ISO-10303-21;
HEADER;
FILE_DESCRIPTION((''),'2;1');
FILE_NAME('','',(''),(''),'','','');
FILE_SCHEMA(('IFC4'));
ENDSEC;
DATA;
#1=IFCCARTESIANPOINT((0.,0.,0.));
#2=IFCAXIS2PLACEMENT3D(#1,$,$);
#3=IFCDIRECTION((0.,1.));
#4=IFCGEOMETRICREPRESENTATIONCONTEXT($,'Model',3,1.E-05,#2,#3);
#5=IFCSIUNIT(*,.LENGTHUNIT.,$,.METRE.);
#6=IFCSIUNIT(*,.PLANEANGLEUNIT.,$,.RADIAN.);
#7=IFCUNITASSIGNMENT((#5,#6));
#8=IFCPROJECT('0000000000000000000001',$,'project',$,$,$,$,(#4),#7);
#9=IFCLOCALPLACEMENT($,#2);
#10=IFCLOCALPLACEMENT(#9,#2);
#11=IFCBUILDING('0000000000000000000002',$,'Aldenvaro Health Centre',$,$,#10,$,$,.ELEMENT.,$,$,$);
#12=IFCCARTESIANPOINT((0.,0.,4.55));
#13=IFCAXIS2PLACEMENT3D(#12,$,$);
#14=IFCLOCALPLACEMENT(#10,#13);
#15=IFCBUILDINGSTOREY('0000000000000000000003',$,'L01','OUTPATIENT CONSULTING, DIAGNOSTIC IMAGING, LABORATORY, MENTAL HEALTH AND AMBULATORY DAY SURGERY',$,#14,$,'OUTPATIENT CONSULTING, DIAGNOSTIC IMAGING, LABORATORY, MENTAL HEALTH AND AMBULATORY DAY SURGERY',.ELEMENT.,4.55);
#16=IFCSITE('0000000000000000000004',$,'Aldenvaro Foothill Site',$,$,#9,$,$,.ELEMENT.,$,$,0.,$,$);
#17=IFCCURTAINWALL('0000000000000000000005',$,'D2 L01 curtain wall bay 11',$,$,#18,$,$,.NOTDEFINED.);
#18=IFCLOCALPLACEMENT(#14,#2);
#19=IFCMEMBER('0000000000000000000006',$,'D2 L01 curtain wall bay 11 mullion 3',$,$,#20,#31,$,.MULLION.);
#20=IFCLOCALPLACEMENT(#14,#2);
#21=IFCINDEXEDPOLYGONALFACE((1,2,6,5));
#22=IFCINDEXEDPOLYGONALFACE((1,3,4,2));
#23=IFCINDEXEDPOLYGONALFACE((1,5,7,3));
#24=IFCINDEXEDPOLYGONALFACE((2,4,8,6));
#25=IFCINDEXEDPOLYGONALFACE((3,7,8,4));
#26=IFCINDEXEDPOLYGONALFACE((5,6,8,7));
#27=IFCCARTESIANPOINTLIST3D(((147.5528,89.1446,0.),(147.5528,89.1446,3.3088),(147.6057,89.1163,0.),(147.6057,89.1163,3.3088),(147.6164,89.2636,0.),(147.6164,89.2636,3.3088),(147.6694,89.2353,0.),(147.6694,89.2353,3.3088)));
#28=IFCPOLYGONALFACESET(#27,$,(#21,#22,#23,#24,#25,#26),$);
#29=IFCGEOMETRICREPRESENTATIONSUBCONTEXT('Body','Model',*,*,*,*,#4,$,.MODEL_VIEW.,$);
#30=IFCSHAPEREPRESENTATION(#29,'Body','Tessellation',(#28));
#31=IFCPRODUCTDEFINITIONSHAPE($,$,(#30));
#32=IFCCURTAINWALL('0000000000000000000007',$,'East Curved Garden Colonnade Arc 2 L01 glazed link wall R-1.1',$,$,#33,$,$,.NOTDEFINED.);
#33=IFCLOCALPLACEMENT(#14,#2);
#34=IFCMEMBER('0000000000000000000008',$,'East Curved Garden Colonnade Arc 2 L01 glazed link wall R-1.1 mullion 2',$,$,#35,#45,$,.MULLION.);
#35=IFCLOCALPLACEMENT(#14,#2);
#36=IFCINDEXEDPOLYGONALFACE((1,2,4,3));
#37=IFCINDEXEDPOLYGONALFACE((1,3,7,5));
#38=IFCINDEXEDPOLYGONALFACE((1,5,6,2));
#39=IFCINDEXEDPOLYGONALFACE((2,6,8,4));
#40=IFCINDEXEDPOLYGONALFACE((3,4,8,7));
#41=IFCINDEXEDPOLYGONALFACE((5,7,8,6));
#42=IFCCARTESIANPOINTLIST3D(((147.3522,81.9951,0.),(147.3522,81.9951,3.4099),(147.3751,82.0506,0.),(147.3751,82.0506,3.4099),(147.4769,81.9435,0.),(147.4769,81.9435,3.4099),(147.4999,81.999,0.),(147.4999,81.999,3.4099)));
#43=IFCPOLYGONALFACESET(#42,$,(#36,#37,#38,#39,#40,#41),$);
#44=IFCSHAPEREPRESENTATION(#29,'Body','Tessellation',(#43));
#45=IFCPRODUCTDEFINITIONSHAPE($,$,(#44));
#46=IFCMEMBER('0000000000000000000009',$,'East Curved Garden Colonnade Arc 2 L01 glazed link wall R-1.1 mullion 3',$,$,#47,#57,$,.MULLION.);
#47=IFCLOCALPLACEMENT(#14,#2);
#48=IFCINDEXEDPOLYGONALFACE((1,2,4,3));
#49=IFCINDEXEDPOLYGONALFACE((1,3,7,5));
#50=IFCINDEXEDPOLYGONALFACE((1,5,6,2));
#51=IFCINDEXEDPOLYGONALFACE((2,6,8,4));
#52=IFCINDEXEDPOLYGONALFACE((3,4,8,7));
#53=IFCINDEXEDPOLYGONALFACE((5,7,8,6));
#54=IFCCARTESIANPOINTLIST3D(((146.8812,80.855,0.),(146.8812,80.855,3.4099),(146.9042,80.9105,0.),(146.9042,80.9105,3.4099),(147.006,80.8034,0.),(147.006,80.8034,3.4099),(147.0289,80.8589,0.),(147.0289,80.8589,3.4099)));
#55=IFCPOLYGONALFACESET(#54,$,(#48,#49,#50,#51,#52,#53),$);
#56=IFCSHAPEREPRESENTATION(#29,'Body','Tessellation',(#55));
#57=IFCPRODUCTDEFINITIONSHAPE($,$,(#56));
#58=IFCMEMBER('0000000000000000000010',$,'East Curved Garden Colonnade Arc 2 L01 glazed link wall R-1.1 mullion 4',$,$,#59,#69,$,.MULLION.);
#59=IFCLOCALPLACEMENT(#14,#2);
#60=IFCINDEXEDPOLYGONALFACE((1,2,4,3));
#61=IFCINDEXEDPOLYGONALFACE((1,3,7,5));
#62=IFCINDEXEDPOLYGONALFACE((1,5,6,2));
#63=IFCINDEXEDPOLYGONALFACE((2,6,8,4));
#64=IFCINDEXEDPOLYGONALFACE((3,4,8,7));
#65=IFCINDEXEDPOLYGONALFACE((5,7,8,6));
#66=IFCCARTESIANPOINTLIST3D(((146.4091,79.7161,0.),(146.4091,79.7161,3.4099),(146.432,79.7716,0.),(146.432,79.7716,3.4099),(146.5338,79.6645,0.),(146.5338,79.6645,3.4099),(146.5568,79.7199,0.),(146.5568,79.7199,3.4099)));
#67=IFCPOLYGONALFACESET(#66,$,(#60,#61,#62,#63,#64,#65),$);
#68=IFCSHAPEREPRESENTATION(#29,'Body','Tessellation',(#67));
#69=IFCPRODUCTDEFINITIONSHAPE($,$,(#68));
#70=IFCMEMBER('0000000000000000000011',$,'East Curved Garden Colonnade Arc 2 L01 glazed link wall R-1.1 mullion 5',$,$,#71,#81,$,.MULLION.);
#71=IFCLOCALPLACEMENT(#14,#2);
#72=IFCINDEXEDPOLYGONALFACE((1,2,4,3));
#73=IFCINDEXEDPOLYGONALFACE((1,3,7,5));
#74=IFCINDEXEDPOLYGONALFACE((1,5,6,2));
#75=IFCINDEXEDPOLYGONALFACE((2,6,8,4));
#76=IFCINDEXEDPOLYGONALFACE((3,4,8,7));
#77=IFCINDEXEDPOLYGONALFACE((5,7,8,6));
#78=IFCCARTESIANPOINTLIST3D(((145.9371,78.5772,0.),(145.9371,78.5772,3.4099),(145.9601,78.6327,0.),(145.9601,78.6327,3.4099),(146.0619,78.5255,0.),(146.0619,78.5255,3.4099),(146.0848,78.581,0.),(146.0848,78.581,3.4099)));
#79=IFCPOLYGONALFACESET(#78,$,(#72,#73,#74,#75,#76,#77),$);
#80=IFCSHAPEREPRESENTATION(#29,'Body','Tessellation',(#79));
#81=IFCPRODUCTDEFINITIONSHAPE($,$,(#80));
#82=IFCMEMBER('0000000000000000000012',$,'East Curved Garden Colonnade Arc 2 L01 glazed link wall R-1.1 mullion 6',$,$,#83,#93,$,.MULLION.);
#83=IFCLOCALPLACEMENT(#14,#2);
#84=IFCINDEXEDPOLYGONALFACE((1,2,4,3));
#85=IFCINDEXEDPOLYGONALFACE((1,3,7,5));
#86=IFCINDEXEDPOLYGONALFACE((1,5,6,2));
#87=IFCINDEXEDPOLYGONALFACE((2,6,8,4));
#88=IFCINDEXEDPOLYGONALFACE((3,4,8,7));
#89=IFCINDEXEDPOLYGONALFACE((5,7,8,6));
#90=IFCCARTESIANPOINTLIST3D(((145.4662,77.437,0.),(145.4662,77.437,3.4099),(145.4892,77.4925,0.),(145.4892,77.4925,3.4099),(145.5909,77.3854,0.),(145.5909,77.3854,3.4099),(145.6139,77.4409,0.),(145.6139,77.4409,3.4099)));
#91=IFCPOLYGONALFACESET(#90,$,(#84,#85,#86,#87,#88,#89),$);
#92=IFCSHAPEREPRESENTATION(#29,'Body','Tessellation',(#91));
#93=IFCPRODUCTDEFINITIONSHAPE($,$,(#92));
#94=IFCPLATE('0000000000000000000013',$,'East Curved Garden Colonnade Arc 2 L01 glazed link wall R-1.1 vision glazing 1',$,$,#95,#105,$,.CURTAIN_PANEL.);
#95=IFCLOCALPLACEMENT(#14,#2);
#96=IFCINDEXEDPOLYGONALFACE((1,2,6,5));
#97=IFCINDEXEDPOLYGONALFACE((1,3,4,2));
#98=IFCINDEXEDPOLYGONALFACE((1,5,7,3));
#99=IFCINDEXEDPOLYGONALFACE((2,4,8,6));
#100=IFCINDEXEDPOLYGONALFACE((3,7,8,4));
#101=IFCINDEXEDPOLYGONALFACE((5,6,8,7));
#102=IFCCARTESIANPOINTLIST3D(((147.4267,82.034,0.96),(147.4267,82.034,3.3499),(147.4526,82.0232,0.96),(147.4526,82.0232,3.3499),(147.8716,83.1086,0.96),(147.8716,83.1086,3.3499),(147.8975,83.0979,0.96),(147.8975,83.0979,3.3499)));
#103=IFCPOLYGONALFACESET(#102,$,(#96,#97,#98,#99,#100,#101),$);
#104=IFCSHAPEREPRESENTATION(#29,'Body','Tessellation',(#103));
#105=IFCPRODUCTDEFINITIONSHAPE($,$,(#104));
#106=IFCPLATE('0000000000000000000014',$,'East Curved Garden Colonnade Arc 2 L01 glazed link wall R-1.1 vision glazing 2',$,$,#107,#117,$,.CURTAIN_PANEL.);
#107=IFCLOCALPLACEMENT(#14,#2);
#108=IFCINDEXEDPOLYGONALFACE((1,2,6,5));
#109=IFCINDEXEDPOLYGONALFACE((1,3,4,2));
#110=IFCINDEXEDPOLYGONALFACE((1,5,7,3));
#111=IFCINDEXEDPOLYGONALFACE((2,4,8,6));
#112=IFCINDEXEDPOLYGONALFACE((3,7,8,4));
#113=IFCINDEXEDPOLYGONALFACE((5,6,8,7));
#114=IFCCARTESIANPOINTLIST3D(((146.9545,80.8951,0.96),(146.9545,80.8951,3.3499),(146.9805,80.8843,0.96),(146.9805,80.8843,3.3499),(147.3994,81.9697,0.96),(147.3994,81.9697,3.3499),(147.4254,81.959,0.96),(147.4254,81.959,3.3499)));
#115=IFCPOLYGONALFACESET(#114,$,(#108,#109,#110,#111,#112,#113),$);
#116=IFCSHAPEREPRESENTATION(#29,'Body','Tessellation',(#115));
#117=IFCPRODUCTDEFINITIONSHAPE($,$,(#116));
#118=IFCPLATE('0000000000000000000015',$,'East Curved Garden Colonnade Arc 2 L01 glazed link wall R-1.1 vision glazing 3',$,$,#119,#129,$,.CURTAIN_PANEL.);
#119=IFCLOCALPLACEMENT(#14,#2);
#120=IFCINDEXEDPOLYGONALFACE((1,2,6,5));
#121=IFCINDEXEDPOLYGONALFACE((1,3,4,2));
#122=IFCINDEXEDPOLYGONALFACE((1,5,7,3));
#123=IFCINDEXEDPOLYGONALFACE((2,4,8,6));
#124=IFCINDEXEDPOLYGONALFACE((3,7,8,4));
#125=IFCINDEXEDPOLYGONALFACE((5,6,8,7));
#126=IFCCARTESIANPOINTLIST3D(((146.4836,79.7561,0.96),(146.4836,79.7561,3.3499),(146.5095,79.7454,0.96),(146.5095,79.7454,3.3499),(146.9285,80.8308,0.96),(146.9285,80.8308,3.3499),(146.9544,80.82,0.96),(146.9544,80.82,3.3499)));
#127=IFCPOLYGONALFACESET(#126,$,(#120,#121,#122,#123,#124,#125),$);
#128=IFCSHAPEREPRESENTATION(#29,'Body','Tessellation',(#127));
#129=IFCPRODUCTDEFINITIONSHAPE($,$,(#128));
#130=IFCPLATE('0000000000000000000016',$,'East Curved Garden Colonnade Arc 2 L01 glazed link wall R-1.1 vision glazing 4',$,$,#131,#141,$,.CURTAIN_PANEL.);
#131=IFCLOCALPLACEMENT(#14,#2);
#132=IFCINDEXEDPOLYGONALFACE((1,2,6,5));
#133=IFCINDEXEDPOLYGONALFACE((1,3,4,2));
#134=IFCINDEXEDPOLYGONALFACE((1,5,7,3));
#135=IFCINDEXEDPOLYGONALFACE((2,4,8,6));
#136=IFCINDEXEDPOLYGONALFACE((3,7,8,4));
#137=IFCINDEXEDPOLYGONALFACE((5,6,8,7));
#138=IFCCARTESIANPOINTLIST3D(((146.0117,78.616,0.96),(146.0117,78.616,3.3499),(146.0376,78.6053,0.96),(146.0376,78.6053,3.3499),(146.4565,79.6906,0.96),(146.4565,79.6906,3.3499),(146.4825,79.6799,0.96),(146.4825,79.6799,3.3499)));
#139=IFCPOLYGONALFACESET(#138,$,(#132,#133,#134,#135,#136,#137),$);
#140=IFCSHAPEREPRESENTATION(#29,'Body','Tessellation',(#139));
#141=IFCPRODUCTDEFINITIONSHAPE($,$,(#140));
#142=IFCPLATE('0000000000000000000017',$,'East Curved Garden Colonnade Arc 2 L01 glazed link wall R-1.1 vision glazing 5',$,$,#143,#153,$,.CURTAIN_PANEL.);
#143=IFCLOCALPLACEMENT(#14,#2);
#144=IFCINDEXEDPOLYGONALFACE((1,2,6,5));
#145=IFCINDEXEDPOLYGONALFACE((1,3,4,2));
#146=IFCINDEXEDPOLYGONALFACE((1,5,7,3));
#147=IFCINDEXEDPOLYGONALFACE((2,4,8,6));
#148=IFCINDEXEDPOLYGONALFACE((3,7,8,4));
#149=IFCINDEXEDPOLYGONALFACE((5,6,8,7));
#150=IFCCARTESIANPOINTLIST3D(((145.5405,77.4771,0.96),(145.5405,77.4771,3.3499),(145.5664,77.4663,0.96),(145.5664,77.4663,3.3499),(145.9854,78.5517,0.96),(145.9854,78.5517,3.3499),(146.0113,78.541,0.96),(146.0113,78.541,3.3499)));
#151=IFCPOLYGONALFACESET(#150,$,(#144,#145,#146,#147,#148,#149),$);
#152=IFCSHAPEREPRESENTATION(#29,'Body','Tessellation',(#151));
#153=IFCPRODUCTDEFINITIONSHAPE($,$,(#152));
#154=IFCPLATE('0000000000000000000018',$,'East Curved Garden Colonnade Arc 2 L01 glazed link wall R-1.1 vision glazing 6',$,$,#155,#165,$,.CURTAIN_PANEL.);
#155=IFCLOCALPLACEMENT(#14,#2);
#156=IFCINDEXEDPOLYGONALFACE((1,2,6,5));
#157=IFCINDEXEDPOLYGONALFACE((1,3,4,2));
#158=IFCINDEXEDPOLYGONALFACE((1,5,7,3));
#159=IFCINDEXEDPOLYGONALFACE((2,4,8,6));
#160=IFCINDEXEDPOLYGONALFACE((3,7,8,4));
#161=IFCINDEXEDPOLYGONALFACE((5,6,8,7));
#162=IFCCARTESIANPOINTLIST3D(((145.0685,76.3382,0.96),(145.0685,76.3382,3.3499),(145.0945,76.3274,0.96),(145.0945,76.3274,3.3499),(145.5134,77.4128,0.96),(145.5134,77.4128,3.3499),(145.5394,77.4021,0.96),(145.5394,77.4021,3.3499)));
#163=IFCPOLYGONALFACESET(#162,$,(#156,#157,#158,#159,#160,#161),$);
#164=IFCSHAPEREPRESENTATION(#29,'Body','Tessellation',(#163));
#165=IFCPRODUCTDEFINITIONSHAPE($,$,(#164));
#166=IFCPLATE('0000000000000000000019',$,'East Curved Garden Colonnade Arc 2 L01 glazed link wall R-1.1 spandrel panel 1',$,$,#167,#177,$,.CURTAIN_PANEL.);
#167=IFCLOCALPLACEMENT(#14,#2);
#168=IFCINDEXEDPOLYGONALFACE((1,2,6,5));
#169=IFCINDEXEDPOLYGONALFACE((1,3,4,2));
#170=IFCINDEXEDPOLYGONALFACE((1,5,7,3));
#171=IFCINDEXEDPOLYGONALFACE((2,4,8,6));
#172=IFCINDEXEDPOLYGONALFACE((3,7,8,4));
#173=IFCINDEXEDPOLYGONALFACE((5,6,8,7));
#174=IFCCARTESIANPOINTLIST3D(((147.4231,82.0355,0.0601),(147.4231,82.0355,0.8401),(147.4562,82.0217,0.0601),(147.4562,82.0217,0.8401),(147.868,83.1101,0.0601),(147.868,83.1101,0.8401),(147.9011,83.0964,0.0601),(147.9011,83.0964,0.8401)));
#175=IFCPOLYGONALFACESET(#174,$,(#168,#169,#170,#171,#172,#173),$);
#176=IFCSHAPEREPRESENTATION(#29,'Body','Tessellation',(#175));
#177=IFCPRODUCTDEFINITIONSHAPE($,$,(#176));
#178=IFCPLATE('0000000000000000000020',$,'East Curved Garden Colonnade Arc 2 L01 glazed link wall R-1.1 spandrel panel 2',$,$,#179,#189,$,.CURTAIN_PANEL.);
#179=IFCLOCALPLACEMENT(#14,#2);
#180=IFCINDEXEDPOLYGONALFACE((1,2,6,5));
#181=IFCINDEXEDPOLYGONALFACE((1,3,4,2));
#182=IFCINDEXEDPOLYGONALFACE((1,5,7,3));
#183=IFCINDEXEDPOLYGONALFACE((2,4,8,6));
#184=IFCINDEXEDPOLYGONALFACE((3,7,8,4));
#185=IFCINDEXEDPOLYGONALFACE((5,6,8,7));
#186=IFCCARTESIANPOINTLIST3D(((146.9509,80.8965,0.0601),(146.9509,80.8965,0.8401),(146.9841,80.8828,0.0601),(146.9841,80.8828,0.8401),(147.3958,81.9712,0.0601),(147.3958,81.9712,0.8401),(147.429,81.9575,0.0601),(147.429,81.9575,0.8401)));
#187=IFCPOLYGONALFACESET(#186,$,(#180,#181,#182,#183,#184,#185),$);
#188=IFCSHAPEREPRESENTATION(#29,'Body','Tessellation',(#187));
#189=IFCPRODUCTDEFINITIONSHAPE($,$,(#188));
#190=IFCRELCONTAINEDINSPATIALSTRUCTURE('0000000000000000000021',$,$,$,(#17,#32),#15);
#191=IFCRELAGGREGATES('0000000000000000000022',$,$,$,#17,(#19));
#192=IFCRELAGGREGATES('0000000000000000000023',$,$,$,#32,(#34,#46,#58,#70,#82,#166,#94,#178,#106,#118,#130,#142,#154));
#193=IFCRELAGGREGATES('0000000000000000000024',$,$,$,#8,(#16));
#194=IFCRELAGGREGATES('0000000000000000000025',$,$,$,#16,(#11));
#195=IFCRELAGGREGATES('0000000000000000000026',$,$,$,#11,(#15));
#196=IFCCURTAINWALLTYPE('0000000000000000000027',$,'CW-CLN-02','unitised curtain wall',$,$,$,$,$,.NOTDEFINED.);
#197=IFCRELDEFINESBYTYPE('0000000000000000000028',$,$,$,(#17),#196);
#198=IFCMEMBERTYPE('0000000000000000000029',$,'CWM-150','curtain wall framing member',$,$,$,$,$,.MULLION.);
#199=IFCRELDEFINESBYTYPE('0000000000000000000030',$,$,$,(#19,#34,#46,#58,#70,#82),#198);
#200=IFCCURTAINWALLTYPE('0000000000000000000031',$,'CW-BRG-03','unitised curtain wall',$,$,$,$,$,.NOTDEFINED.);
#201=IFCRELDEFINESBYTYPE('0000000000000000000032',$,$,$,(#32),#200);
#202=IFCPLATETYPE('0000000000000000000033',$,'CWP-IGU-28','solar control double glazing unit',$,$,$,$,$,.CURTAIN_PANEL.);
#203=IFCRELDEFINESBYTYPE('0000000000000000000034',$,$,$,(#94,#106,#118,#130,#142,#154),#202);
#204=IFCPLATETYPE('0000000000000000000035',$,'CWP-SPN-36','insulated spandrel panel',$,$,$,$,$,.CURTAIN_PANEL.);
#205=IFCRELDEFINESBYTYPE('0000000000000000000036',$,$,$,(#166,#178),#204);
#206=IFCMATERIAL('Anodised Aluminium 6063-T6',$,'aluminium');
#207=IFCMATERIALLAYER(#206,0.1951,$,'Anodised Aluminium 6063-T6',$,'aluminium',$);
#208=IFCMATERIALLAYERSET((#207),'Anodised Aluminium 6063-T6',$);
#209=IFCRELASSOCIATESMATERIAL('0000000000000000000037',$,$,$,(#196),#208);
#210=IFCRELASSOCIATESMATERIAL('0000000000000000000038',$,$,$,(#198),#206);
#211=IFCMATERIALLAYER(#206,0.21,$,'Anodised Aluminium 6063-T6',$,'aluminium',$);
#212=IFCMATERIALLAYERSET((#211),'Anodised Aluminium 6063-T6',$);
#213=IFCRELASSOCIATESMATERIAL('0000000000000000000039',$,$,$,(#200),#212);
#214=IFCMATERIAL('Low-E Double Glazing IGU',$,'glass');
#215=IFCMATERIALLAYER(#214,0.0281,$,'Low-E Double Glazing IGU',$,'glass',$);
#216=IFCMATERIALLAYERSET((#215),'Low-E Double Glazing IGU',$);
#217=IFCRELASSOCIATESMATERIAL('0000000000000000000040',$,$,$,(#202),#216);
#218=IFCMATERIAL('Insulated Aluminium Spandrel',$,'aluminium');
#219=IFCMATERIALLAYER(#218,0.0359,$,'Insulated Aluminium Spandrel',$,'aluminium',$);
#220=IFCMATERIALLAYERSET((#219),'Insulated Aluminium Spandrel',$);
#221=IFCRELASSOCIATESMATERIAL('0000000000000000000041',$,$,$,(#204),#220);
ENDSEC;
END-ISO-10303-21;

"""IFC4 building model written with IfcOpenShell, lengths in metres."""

from ifc_helpers import new_model, si_unit, direction, frame, origin, origin_2d, place, context, subcontext, project, spatial, rectangle, extrude, material, layer, layer_set, material_profile, profile_set, type_object, element, aggregate, save


model = new_model("IFC4")

# Units and contexts
model_context = context("Model", 3, precision=1e-05, world=origin(), true_north=direction((0.0, 1.0)))
body_context = subcontext(model_context, "Body", "Model", "MODEL_VIEW")
ifc_project = project(units=[si_unit("LENGTHUNIT", "METRE"), si_unit("PLANEANGLEUNIT", "RADIAN")], contexts=[model_context])

# Site, building, storey
site_placement = place(None, origin())
site = spatial("IfcSite", under=ifc_project, at=site_placement, Name="Aldenvaro Foothill Site", CompositionType="ELEMENT", RefElevation=0.0)
building_placement = place(site_placement, origin())
building = spatial("IfcBuilding", under=site, at=building_placement, Name="Aldenvaro Health Centre", CompositionType="ELEMENT")
storey_placement = place(building_placement, frame((0.0, 0.0, 4.55)))
storey = spatial("IfcBuildingStorey", under=building, at=storey_placement, Name="L01", Description="OUTPATIENT CONSULTING, DIAGNOSTIC IMAGING, LABORATORY, MENTAL HEALTH AND AMBULATORY DAY SURGERY", LongName="OUTPATIENT CONSULTING, DIAGNOSTIC IMAGING, LABORATORY, MENTAL HEALTH AND AMBULATORY DAY SURGERY", CompositionType="ELEMENT", Elevation=4.55)

# Curtain wall, member
ifc_material_1 = material(Name="Anodised Aluminium 6063-T6", Category="aluminium")
ifc_layer_1 = layer(ifc_material_1, 0.1951, Name="Anodised Aluminium 6063-T6", Category="aluminium")
ifc_layer_set_1 = layer_set([ifc_layer_1], Name="Anodised Aluminium 6063-T6")
curtain_wall_type_1 = type_object("IfcCurtainWallType", Name="CW-CLN-02", Description="unitised curtain wall", PredefinedType="NOTDEFINED", material=ifc_layer_set_1)
curtain_wall_1_placement = place(storey_placement, origin())
curtain_wall_1 = element("IfcCurtainWall", 1, at=curtain_wall_1_placement, inside=storey, type_object=curtain_wall_type_1, Name="D2 L01 curtain wall bay 11", PredefinedType="NOTDEFINED")
ifc_material_profile = material_profile(ifc_material_1, rectangle(XDim=0.0601, YDim=0.135, at=origin_2d()), Name="ALU 60x135", Category="aluminium")
ifc_profile_set = profile_set([ifc_material_profile], Name="Anodised Aluminium 6063-T6")
member_type = type_object("IfcMemberType", Name="CWM-150", Description="curtain wall framing member", PredefinedType="MULLION", material=ifc_profile_set)
member_1_placement = place(storey_placement, frame((147.6111, 89.1899, 0.0), z_axis=(0.0, 0.0, 1.0), x_axis=(-0.88192, 0.471399, 0.0)))
member_1 = element("IfcMember", 2, at=member_1_placement, type_object=member_type, Name="D2 L01 curtain wall bay 11 mullion 3", PredefinedType="MULLION", context=body_context, shape_type="SweptSolid", body=[
    extrude(rectangle(XDim=0.0601, YDim=0.135, at=origin_2d()), origin(), (0.0, 0.0, 1.0), 3.3088),
])
aggregate(curtain_wall_1, [member_1])

# Curtain wall, members, plates
ifc_layer_2 = layer(ifc_material_1, 0.21, Name="Anodised Aluminium 6063-T6", Category="aluminium")
ifc_layer_set_2 = layer_set([ifc_layer_2], Name="Anodised Aluminium 6063-T6")
curtain_wall_type_2 = type_object("IfcCurtainWallType", Name="CW-BRG-03", Description="unitised curtain wall", PredefinedType="NOTDEFINED", material=ifc_layer_set_2)
curtain_wall_2_placement = place(storey_placement, origin())
curtain_wall_2 = element("IfcCurtainWall", 3, at=curtain_wall_2_placement, inside=storey, type_object=curtain_wall_type_2, Name="East Curved Garden Colonnade Arc 2 L01 glazed link wall R-1.1", PredefinedType="NOTDEFINED")
member_2_placement = place(storey_placement, frame((147.426, 81.9971, 0.0), z_axis=(0.0, 0.0, 1.0), x_axis=(-0.382503, -0.923954, 0.0)))
member_2 = element("IfcMember", 4, at=member_2_placement, type_object=member_type, Name="East Curved Garden Colonnade Arc 2 L01 glazed link wall R-1.1 mullion 2", PredefinedType="MULLION", context=body_context, shape_type="SweptSolid", body=[
    extrude(rectangle(XDim=0.0601, YDim=0.135, at=origin_2d()), origin(), (0.0, 0.0, 1.0), 3.4099),
])
member_3_placement = place(storey_placement, frame((146.9551, 80.8569, 0.0), z_axis=(0.0, 0.0, 1.0), x_axis=(-0.382503, -0.923954, 0.0)))
member_3 = element("IfcMember", 5, at=member_3_placement, type_object=member_type, Name="East Curved Garden Colonnade Arc 2 L01 glazed link wall R-1.1 mullion 3", PredefinedType="MULLION", context=body_context, shape_type="SweptSolid", body=[
    extrude(rectangle(XDim=0.0601, YDim=0.135, at=origin_2d()), origin(), (0.0, 0.0, 1.0), 3.4099),
])
member_4_placement = place(storey_placement, frame((146.4829, 79.718, 0.0), z_axis=(0.0, 0.0, 1.0), x_axis=(-0.382503, -0.923954, 0.0)))
member_4 = element("IfcMember", 6, at=member_4_placement, type_object=member_type, Name="East Curved Garden Colonnade Arc 2 L01 glazed link wall R-1.1 mullion 4", PredefinedType="MULLION", context=body_context, shape_type="SweptSolid", body=[
    extrude(rectangle(XDim=0.0601, YDim=0.135, at=origin_2d()), origin(), (0.0, 0.0, 1.0), 3.4099),
])
member_5_placement = place(storey_placement, frame((146.011, 78.5791, 0.0), z_axis=(0.0, 0.0, 1.0), x_axis=(-0.382503, -0.923954, 0.0)))
member_5 = element("IfcMember", 7, at=member_5_placement, type_object=member_type, Name="East Curved Garden Colonnade Arc 2 L01 glazed link wall R-1.1 mullion 5", PredefinedType="MULLION", context=body_context, shape_type="SweptSolid", body=[
    extrude(rectangle(XDim=0.0601, YDim=0.135, at=origin_2d()), origin(), (0.0, 0.0, 1.0), 3.4099),
])
member_6_placement = place(storey_placement, frame((145.54, 77.439, 0.0), z_axis=(0.0, 0.0, 1.0), x_axis=(-0.382503, -0.923954, 0.0)))
member_6 = element("IfcMember", 8, at=member_6_placement, type_object=member_type, Name="East Curved Garden Colonnade Arc 2 L01 glazed link wall R-1.1 mullion 6", PredefinedType="MULLION", context=body_context, shape_type="SweptSolid", body=[
    extrude(rectangle(XDim=0.0601, YDim=0.135, at=origin_2d()), origin(), (0.0, 0.0, 1.0), 3.4099),
])
ifc_material_2 = material(Name="Low-E Double Glazing IGU", Category="glass")
ifc_layer_3 = layer(ifc_material_2, 0.0281, Name="Low-E Double Glazing IGU", Category="glass")
ifc_layer_set_3 = layer_set([ifc_layer_3], Name="Low-E Double Glazing IGU")
plate_type_1 = type_object("IfcPlateType", Name="CWP-IGU-28", Description="solar control double glazing unit", PredefinedType="CURTAIN_PANEL", material=ifc_layer_set_3)
plate_1_placement = place(storey_placement, frame((147.6621, 82.5659, 0.96), z_axis=(0.0, 0.0, 1.0), x_axis=(-0.382503, -0.923954, 0.0)))
plate_1 = element("IfcPlate", 9, at=plate_1_placement, type_object=plate_type_1, Name="East Curved Garden Colonnade Arc 2 L01 glazed link wall R-1.1 vision glazing 1", PredefinedType="CURTAIN_PANEL", context=body_context, shape_type="SweptSolid", body=[
    extrude(rectangle(XDim=1.1631, YDim=0.0281, at=origin_2d()), origin(), (0.0, 0.0, 1.0), 2.3899),
])
plate_2_placement = place(storey_placement, frame((147.1899, 81.427, 0.96), z_axis=(0.0, 0.0, 1.0), x_axis=(-0.382503, -0.923954, 0.0)))
plate_2 = element("IfcPlate", 10, at=plate_2_placement, type_object=plate_type_1, Name="East Curved Garden Colonnade Arc 2 L01 glazed link wall R-1.1 vision glazing 2", PredefinedType="CURTAIN_PANEL", context=body_context, shape_type="SweptSolid", body=[
    extrude(rectangle(XDim=1.1631, YDim=0.0281, at=origin_2d()), origin(), (0.0, 0.0, 1.0), 2.3899),
])
plate_3_placement = place(storey_placement, frame((146.719, 80.2881, 0.96), z_axis=(0.0, 0.0, 1.0), x_axis=(-0.382503, -0.923954, 0.0)))
plate_3 = element("IfcPlate", 11, at=plate_3_placement, type_object=plate_type_1, Name="East Curved Garden Colonnade Arc 2 L01 glazed link wall R-1.1 vision glazing 3", PredefinedType="CURTAIN_PANEL", context=body_context, shape_type="SweptSolid", body=[
    extrude(rectangle(XDim=1.1631, YDim=0.0281, at=origin_2d()), origin(), (0.0, 0.0, 1.0), 2.3899),
])
plate_4_placement = place(storey_placement, frame((146.2471, 79.1479, 0.96), z_axis=(0.0, 0.0, 1.0), x_axis=(-0.382503, -0.923954, 0.0)))
plate_4 = element("IfcPlate", 12, at=plate_4_placement, type_object=plate_type_1, Name="East Curved Garden Colonnade Arc 2 L01 glazed link wall R-1.1 vision glazing 4", PredefinedType="CURTAIN_PANEL", context=body_context, shape_type="SweptSolid", body=[
    extrude(rectangle(XDim=1.1631, YDim=0.0281, at=origin_2d()), origin(), (0.0, 0.0, 1.0), 2.3899),
])
plate_5_placement = place(storey_placement, frame((145.7759, 78.009, 0.96), z_axis=(0.0, 0.0, 1.0), x_axis=(-0.382503, -0.923954, 0.0)))
plate_5 = element("IfcPlate", 13, at=plate_5_placement, type_object=plate_type_1, Name="East Curved Garden Colonnade Arc 2 L01 glazed link wall R-1.1 vision glazing 5", PredefinedType="CURTAIN_PANEL", context=body_context, shape_type="SweptSolid", body=[
    extrude(rectangle(XDim=1.1631, YDim=0.0281, at=origin_2d()), origin(), (0.0, 0.0, 1.0), 2.3899),
])
plate_6_placement = place(storey_placement, frame((145.304, 76.8701, 0.96), z_axis=(0.0, 0.0, 1.0), x_axis=(-0.382503, -0.923954, 0.0)))
plate_6 = element("IfcPlate", 14, at=plate_6_placement, type_object=plate_type_1, Name="East Curved Garden Colonnade Arc 2 L01 glazed link wall R-1.1 vision glazing 6", PredefinedType="CURTAIN_PANEL", context=body_context, shape_type="SweptSolid", body=[
    extrude(rectangle(XDim=1.1631, YDim=0.0281, at=origin_2d()), origin(), (0.0, 0.0, 1.0), 2.3899),
])
ifc_material_3 = material(Name="Insulated Aluminium Spandrel", Category="aluminium")
ifc_layer_4 = layer(ifc_material_3, 0.0359, Name="Insulated Aluminium Spandrel", Category="aluminium")
ifc_layer_set_4 = layer_set([ifc_layer_4], Name="Insulated Aluminium Spandrel")
plate_type_2 = type_object("IfcPlateType", Name="CWP-SPN-36", Description="insulated spandrel panel", PredefinedType="CURTAIN_PANEL", material=ifc_layer_set_4)
plate_7_placement = place(storey_placement, frame((147.6621, 82.5659, 0.0601), z_axis=(0.0, 0.0, 1.0), x_axis=(-0.382503, -0.923954, 0.0)))
plate_7 = element("IfcPlate", 15, at=plate_7_placement, type_object=plate_type_2, Name="East Curved Garden Colonnade Arc 2 L01 glazed link wall R-1.1 spandrel panel 1", PredefinedType="CURTAIN_PANEL", context=body_context, shape_type="SweptSolid", body=[
    extrude(rectangle(XDim=1.1631, YDim=0.0359, at=origin_2d()), origin(), (0.0, 0.0, 1.0), 0.78),
])
plate_8_placement = place(storey_placement, frame((147.1899, 81.427, 0.0601), z_axis=(0.0, 0.0, 1.0), x_axis=(-0.382503, -0.923954, 0.0)))
plate_8 = element("IfcPlate", 16, at=plate_8_placement, type_object=plate_type_2, Name="East Curved Garden Colonnade Arc 2 L01 glazed link wall R-1.1 spandrel panel 2", PredefinedType="CURTAIN_PANEL", context=body_context, shape_type="SweptSolid", body=[
    extrude(rectangle(XDim=1.1631, YDim=0.0359, at=origin_2d()), origin(), (0.0, 0.0, 1.0), 0.78),
])
aggregate(curtain_wall_2, [member_2, member_3, member_4, member_5, member_6, plate_7, plate_1, plate_8, plate_2, plate_3, plate_4, plate_5, plate_6])

save(model, "model.ifc")
